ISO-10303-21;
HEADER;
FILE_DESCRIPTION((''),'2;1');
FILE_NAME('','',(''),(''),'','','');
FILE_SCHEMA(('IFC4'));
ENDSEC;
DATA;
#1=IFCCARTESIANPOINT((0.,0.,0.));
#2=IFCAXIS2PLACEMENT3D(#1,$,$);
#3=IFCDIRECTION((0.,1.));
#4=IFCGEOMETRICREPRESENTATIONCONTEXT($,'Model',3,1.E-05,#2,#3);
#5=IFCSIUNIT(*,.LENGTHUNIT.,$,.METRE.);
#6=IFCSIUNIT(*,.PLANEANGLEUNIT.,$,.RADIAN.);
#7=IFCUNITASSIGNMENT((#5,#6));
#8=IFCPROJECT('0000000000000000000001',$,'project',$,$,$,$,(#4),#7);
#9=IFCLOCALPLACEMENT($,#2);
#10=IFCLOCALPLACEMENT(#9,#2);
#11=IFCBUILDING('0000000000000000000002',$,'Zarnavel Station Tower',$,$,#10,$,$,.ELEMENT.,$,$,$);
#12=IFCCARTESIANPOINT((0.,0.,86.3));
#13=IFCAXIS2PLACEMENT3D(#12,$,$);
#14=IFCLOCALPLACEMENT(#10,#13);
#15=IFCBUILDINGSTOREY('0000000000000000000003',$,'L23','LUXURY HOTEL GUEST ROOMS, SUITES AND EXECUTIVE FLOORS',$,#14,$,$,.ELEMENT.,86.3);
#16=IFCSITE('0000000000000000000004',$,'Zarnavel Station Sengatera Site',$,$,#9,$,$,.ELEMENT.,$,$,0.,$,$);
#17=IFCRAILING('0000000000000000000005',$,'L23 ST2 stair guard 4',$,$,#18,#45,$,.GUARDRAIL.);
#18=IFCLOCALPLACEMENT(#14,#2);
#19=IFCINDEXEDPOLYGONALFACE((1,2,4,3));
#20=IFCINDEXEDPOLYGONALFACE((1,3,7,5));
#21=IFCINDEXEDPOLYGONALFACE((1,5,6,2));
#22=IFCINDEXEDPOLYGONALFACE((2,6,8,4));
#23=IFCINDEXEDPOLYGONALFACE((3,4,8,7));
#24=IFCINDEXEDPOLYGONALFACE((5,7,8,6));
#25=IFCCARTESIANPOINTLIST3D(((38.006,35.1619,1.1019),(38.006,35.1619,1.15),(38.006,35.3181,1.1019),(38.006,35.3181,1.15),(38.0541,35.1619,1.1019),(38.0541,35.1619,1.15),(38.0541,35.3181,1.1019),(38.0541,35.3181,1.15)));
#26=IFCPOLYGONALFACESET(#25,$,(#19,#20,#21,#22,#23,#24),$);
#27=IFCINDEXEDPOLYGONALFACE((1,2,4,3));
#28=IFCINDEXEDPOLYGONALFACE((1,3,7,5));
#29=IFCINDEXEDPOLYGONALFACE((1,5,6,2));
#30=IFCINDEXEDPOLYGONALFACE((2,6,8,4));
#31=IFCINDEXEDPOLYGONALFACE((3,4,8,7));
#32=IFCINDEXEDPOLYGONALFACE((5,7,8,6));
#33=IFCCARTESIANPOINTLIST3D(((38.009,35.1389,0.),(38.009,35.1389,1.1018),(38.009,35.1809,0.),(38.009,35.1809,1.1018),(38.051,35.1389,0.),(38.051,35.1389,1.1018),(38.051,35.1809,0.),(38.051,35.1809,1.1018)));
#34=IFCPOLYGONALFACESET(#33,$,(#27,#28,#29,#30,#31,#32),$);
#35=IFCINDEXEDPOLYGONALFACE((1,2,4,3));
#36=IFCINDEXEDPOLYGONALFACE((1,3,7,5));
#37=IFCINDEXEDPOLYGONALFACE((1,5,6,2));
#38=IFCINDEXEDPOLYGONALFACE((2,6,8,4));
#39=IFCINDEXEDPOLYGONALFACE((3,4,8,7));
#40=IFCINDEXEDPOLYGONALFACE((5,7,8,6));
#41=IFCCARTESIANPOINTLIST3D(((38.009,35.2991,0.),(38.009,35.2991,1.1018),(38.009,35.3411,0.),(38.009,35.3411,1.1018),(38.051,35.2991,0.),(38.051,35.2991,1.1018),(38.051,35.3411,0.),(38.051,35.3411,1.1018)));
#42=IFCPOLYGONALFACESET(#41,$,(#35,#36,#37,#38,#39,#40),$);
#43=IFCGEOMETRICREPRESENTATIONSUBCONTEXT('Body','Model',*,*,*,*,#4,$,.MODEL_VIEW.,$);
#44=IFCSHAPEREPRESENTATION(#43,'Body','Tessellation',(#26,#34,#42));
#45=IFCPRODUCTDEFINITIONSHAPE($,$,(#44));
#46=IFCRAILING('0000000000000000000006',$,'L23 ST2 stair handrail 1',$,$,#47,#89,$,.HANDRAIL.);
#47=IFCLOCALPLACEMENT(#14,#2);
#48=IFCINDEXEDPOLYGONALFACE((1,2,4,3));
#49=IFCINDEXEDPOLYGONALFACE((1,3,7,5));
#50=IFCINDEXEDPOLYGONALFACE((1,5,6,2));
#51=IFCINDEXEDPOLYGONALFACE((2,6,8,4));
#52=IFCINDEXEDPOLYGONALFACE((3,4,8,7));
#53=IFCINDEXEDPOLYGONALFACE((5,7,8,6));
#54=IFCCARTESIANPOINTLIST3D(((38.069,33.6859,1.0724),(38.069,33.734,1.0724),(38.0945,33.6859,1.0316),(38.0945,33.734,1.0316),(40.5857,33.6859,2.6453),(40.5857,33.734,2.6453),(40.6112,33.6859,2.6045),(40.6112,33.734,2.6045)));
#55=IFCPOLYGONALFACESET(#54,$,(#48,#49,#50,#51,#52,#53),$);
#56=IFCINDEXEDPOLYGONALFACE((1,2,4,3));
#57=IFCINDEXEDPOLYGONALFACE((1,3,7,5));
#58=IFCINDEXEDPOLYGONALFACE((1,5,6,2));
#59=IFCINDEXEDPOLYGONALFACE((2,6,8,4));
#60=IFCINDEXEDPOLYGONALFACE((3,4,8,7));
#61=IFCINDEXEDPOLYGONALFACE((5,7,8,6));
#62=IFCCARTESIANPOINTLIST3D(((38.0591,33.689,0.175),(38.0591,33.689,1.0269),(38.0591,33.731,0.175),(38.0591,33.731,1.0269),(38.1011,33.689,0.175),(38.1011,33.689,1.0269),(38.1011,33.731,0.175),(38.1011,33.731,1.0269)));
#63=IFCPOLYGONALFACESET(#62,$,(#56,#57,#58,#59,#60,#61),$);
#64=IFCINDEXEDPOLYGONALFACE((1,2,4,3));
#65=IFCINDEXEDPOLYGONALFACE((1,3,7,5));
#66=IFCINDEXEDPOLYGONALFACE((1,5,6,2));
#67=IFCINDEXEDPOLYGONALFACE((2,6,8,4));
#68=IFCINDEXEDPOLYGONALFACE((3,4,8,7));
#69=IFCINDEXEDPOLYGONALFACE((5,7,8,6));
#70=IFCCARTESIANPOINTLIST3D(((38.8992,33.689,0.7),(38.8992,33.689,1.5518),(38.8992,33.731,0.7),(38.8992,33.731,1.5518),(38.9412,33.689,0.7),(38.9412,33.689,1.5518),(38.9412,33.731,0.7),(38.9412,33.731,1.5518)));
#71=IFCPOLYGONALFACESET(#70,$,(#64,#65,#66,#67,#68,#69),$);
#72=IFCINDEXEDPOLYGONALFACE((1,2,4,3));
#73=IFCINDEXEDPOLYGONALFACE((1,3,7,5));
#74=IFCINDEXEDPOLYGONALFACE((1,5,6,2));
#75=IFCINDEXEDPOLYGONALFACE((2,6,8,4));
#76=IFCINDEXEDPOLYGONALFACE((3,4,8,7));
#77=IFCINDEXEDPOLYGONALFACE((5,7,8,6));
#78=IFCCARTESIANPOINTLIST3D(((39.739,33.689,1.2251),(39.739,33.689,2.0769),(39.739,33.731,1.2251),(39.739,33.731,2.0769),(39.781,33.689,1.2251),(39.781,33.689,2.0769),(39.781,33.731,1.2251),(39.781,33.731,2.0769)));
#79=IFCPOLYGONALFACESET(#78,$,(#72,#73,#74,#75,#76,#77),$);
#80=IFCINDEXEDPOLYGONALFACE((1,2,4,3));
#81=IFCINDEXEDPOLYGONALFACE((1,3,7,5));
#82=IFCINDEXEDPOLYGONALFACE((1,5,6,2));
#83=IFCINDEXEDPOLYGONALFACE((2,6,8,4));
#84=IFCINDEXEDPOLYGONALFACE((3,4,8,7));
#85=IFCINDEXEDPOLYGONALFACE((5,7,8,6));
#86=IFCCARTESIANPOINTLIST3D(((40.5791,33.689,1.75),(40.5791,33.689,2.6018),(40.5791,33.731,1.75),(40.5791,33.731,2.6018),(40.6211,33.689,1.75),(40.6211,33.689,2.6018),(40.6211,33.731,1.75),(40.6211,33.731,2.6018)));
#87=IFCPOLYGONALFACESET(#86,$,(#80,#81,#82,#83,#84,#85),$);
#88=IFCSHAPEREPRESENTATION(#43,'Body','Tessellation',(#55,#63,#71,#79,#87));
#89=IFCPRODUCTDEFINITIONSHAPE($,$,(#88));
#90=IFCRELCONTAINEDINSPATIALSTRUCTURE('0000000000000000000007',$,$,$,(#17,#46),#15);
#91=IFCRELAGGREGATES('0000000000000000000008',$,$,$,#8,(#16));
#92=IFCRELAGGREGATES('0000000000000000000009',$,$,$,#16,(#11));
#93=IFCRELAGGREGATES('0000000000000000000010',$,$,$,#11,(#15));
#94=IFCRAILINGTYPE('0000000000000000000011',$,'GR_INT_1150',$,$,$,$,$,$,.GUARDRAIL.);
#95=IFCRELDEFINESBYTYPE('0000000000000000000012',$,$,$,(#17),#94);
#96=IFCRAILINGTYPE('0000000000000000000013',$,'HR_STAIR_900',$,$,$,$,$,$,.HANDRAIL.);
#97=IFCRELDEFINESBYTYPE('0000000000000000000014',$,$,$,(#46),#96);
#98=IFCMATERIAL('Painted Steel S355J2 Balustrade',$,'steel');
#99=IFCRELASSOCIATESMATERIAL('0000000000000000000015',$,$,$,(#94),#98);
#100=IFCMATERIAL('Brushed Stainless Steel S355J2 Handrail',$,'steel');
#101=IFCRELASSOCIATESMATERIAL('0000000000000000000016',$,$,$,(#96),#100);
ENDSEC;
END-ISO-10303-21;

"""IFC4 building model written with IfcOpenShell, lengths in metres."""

from ifc_helpers import new_model, si_unit, direction, frame, origin, origin_2d, place, context, subcontext, project, spatial, rectangle, extrude, material, type_object, element, save


model = new_model("IFC4")

# Units and contexts
model_context = context("Model", 3, precision=1e-05, world=origin(), true_north=direction((0.0, 1.0)))
body_context = subcontext(model_context, "Body", "Model", "MODEL_VIEW")
ifc_project = project(units=[si_unit("LENGTHUNIT", "METRE"), si_unit("PLANEANGLEUNIT", "RADIAN")], contexts=[model_context])

# Site, building, storey
site_placement = place(None, origin())
site = spatial("IfcSite", under=ifc_project, at=site_placement, Name="Zarnavel Station Sengatera Site", CompositionType="ELEMENT", RefElevation=0.0)
building_placement = place(site_placement, origin())
building = spatial("IfcBuilding", under=site, at=building_placement, Name="Zarnavel Station Tower", CompositionType="ELEMENT")
storey_placement = place(building_placement, frame((0.0, 0.0, 86.3)))
storey = spatial("IfcBuildingStorey", under=building, at=storey_placement, Name="L23", Description="LUXURY HOTEL GUEST ROOMS, SUITES AND EXECUTIVE FLOORS", CompositionType="ELEMENT", Elevation=86.3)

# Railings
ifc_material_1 = material(Name="Painted Steel S355J2 Balustrade", Category="steel")
railing_type_1 = type_object("IfcRailingType", Name="GR_INT_1150", PredefinedType="GUARDRAIL", material=ifc_material_1)
railing_1_placement = place(storey_placement, frame((38.03, 35.1599, 0.0)))
element("IfcRailing", 1, at=railing_1_placement, inside=storey, type_object=railing_type_1, Name="L23 ST2 stair guard 4", PredefinedType="GUARDRAIL", context=body_context, shape_type="SweptSolid", body=[
    extrude(rectangle(XDim=0.0481, YDim=0.0481, at=origin_2d()), frame((0.0, 0.002, 1.126), z_axis=(0.0, 1.0, 0.0), x_axis=(-1.0, 0.0, 0.0)), (0.0, 0.0, 1.0), 0.1562),
    extrude(rectangle(XDim=0.042, YDim=0.042, at=origin_2d()), origin(), (0.0, 0.0, 1.0), 1.1018),
    extrude(rectangle(XDim=0.042, YDim=0.042, at=origin_2d()), frame((0.0, 0.1602, 0.0)), (0.0, 0.0, 1.0), 1.1018),
])
ifc_material_2 = material(Name="Brushed Stainless Steel S355J2 Handrail", Category="steel")
railing_type_2 = type_object("IfcRailingType", Name="HR_STAIR_900", PredefinedType="HANDRAIL", material=ifc_material_2)
railing_2_placement = place(storey_placement, frame((38.0801, 33.71, 0.175)))
element("IfcRailing", 2, at=railing_2_placement, inside=storey, type_object=railing_type_2, Name="L23 ST2 stair handrail 1", PredefinedType="HANDRAIL", context=body_context, shape_type="SweptSolid", body=[
    extrude(rectangle(XDim=0.0481, YDim=0.0481, at=origin_2d()), frame((0.0017, 0.0, 0.877), z_axis=(0.848008, 0.0, 0.529984), x_axis=(0.0, 1.0, 0.0)), (0.0, 0.0, 1.0), 2.9678),
    extrude(rectangle(XDim=0.042, YDim=0.042, at=origin_2d()), origin(), (0.0, 0.0, 1.0), 0.8518),
    extrude(rectangle(XDim=0.042, YDim=0.042, at=origin_2d()), frame((0.8401, 0.0, 0.5249)), (0.0, 0.0, 1.0), 0.8518),
    extrude(rectangle(XDim=0.042, YDim=0.042, at=origin_2d()), frame((1.6799, 0.0, 1.05)), (0.0, 0.0, 1.0), 0.8518),
    extrude(rectangle(XDim=0.042, YDim=0.042, at=origin_2d()), frame((2.52, 0.0, 1.575)), (0.0, 0.0, 1.0), 0.8518),
])

save(model, "model.ifc")
